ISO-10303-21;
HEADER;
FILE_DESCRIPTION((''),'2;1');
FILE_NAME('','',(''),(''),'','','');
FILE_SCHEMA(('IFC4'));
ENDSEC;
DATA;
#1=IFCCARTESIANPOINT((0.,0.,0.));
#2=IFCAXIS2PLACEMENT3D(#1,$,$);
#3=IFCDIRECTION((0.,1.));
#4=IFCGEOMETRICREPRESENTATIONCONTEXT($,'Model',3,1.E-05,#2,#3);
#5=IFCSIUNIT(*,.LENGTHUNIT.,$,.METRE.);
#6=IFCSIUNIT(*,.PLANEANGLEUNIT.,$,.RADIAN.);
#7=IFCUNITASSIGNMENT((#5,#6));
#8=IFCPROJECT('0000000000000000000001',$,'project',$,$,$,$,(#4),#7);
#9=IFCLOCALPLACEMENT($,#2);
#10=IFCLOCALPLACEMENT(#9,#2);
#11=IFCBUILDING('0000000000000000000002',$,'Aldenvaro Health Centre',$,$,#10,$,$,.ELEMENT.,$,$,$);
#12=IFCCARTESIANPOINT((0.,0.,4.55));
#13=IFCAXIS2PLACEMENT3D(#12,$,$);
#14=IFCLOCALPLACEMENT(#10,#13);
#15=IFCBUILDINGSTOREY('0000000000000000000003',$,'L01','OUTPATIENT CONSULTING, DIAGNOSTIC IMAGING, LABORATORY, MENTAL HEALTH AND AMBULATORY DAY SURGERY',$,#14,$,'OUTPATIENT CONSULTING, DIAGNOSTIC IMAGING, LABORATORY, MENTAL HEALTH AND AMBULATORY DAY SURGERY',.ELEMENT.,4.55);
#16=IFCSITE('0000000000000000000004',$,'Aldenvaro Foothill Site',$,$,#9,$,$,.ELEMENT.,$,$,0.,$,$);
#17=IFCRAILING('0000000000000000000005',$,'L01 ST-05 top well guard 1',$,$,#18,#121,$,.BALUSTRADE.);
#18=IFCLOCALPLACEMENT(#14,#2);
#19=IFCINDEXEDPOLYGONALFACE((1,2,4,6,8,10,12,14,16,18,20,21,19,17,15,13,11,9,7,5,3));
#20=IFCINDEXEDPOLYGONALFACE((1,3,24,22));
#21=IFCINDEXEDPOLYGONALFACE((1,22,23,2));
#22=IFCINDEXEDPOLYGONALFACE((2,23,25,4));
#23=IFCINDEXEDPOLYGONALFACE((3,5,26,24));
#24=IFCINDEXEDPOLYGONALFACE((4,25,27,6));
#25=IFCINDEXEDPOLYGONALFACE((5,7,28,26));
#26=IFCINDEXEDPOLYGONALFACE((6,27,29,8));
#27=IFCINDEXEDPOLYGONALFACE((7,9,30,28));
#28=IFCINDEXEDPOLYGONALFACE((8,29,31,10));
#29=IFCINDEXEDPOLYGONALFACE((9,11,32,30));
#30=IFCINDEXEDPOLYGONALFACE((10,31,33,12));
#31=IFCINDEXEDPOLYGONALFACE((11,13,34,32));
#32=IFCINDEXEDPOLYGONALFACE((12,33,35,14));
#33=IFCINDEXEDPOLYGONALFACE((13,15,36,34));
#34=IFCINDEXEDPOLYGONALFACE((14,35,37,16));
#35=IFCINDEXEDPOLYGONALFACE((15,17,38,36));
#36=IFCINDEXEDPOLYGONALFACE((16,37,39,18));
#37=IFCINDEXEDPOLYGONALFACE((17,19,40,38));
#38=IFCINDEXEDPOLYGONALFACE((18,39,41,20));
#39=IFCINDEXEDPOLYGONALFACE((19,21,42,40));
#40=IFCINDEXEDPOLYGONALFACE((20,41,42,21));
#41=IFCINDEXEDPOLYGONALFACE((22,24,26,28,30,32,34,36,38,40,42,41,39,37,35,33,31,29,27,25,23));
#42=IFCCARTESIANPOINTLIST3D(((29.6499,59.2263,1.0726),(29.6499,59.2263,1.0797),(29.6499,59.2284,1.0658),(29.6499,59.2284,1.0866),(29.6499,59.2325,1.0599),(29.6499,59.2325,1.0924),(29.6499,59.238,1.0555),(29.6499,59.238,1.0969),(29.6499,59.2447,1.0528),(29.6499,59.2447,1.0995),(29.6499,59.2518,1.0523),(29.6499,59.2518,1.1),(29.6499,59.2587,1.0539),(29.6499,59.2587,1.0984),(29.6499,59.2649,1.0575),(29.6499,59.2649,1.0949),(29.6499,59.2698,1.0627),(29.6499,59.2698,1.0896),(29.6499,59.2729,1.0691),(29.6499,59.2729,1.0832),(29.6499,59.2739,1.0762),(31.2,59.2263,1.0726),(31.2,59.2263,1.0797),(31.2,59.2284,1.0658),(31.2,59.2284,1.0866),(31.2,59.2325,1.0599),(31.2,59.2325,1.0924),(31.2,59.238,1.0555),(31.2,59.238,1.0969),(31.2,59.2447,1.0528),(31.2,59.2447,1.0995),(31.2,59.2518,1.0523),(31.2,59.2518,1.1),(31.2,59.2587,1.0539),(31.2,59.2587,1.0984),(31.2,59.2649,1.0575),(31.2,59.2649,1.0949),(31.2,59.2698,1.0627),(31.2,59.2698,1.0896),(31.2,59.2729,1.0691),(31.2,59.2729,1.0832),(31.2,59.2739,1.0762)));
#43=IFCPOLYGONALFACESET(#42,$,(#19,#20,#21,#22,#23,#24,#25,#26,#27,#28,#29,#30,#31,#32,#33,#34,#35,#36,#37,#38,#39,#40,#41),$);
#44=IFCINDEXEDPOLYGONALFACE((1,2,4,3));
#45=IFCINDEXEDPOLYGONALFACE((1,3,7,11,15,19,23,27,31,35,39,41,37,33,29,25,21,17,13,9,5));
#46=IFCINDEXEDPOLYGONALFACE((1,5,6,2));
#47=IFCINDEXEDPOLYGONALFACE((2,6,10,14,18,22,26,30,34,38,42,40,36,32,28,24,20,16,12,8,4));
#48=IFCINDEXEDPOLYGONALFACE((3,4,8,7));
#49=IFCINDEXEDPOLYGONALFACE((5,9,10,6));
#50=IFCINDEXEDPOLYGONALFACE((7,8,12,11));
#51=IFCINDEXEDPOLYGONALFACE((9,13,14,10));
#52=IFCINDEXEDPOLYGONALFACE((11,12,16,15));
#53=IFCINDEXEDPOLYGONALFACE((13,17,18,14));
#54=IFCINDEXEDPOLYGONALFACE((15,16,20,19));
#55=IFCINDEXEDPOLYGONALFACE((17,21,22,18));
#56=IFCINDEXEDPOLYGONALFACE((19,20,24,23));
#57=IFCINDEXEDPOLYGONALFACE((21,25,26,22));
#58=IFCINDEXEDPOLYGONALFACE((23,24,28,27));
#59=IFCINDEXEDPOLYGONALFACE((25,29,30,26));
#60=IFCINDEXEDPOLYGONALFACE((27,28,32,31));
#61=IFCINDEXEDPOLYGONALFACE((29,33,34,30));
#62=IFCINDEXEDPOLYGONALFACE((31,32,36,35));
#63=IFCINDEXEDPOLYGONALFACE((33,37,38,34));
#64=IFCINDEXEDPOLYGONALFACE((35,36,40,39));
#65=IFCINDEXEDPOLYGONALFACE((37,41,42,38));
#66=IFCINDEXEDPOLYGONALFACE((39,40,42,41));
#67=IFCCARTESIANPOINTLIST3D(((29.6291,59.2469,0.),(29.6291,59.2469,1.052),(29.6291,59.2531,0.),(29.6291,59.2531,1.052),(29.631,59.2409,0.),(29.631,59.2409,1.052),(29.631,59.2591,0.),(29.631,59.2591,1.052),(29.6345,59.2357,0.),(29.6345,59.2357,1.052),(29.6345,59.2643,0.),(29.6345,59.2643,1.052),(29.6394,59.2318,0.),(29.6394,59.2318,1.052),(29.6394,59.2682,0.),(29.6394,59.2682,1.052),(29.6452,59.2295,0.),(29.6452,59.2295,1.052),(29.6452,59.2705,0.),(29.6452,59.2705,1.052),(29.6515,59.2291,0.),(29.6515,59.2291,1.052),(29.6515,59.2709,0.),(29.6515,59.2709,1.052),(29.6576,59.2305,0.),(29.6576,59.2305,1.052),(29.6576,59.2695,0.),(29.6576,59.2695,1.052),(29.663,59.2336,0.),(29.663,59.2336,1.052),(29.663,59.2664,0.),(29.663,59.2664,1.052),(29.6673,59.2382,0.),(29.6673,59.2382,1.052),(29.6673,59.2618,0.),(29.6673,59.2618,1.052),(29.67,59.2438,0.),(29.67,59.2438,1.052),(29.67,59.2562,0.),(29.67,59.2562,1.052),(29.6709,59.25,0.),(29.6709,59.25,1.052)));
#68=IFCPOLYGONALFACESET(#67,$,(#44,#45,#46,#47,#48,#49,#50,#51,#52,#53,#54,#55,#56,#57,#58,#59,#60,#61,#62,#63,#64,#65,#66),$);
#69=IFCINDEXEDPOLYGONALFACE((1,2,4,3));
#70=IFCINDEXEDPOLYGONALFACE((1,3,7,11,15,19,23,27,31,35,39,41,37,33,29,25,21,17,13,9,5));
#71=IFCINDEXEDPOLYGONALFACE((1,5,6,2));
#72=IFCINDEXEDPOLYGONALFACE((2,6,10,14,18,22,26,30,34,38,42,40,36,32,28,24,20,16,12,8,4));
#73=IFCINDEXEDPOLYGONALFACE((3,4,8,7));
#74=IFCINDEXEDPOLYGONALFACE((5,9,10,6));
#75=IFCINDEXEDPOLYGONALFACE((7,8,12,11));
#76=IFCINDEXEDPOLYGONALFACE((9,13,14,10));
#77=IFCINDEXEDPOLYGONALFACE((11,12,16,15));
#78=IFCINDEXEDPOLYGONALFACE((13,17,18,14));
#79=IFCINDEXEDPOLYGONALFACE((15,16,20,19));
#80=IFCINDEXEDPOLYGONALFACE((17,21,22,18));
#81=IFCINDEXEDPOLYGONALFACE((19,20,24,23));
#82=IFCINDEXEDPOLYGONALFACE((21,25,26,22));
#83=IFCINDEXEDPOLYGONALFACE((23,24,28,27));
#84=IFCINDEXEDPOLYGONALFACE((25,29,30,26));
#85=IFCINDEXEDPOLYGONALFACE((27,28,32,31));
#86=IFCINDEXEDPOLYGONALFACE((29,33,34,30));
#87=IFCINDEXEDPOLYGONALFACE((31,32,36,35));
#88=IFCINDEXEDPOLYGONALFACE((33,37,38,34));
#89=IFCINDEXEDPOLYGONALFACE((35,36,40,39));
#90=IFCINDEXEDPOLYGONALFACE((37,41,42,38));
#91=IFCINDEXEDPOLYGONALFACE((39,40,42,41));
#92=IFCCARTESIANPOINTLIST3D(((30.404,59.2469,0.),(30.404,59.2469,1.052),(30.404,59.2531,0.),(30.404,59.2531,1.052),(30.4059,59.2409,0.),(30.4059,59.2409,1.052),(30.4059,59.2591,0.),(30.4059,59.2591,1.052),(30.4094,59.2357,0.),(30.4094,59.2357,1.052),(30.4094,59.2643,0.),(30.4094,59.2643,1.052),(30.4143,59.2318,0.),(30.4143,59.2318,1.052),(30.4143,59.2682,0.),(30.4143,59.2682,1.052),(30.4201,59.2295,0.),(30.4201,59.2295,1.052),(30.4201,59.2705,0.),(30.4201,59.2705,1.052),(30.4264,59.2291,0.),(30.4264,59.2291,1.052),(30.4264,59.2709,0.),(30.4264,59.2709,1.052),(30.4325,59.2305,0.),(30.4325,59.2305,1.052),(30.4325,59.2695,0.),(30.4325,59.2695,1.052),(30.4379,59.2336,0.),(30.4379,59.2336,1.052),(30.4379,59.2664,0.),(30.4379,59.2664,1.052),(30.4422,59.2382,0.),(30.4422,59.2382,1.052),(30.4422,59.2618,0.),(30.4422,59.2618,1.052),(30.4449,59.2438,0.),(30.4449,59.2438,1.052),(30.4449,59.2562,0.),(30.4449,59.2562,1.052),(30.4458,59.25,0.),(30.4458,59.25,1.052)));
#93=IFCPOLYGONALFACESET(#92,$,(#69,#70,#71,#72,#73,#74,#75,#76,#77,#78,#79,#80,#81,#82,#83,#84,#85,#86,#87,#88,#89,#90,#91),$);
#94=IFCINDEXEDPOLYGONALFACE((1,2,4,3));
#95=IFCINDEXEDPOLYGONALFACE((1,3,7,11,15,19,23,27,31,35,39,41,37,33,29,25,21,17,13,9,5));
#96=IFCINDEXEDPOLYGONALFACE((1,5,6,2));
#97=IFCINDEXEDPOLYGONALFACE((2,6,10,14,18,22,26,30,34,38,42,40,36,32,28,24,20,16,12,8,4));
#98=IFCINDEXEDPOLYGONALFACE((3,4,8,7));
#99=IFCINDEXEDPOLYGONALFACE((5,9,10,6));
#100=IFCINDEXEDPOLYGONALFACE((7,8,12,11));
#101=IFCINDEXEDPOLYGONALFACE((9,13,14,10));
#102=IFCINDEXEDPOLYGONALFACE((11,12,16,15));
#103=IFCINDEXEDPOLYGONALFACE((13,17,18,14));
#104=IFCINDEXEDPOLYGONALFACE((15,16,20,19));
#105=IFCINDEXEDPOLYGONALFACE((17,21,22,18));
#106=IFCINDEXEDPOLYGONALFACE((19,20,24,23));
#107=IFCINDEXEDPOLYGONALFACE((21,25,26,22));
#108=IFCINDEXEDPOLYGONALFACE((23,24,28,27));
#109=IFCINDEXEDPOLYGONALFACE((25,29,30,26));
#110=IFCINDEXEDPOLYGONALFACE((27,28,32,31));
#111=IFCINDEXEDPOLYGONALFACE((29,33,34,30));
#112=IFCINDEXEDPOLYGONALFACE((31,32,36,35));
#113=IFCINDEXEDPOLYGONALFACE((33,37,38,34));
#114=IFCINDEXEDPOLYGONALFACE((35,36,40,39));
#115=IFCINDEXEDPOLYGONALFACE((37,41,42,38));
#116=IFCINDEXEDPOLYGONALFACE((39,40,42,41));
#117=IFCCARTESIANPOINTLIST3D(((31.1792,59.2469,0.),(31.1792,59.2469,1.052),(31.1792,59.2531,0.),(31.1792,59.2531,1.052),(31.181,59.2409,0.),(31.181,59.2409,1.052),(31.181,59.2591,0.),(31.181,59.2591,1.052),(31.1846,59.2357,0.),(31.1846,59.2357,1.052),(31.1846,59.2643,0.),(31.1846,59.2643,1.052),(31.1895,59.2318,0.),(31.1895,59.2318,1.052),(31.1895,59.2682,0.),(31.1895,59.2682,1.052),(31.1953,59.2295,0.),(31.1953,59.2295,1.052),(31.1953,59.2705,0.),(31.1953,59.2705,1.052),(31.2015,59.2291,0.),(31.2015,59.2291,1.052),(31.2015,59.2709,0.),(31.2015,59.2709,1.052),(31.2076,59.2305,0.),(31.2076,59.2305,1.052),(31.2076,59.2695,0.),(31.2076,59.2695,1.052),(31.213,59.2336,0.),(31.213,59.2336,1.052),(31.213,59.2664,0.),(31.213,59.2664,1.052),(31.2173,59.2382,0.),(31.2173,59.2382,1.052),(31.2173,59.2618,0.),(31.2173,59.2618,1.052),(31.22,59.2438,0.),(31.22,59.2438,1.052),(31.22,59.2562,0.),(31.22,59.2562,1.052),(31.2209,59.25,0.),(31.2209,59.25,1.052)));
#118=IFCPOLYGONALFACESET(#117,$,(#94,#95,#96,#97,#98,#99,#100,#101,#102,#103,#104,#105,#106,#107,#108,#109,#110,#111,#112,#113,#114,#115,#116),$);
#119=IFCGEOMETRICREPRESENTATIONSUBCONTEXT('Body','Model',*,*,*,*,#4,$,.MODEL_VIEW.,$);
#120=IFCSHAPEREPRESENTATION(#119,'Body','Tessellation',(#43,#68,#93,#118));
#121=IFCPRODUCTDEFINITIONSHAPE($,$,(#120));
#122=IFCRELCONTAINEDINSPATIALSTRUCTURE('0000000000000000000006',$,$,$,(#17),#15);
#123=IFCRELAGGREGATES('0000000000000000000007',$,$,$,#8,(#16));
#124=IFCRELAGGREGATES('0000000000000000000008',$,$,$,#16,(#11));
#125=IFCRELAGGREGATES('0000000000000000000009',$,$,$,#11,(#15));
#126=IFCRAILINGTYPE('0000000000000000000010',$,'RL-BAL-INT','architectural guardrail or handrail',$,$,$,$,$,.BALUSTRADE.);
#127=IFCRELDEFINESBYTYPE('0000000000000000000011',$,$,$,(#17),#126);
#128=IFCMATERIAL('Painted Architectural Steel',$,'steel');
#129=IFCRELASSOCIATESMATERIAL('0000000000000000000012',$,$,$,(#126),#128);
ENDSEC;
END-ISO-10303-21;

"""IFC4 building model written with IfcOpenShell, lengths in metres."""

from ifc_helpers import new_model, si_unit, direction, frame, origin, origin_2d, place, context, subcontext, project, spatial, circle, extrude, material, type_object, element, save


model = new_model("IFC4")

# Units and contexts
model_context = context("Model", 3, precision=1e-05, world=origin(), true_north=direction((0.0, 1.0)))
body_context = subcontext(model_context, "Body", "Model", "MODEL_VIEW")
ifc_project = project(units=[si_unit("LENGTHUNIT", "METRE"), si_unit("PLANEANGLEUNIT", "RADIAN")], contexts=[model_context])

# Site, building, storey
site_placement = place(None, origin())
site = spatial("IfcSite", under=ifc_project, at=site_placement, Name="Aldenvaro Foothill Site", CompositionType="ELEMENT", RefElevation=0.0)
building_placement = place(site_placement, origin())
building = spatial("IfcBuilding", under=site, at=building_placement, Name="Aldenvaro Health Centre", CompositionType="ELEMENT")
storey_placement = place(building_placement, frame((0.0, 0.0, 4.55)))
storey = spatial("IfcBuildingStorey", under=building, at=storey_placement, Name="L01", Description="OUTPATIENT CONSULTING, DIAGNOSTIC IMAGING, LABORATORY, MENTAL HEALTH AND AMBULATORY DAY SURGERY", LongName="OUTPATIENT CONSULTING, DIAGNOSTIC IMAGING, LABORATORY, MENTAL HEALTH AND AMBULATORY DAY SURGERY", CompositionType="ELEMENT", Elevation=4.55)

# Railing
ifc_material_1 = material(Name="Painted Architectural Steel", Category="steel")
railing_type = type_object("IfcRailingType", Name="RL-BAL-INT", Description="architectural guardrail or handrail", PredefinedType="BALUSTRADE", material=ifc_material_1)
railing_placement = place(storey_placement, frame((29.6499, 59.25, 0.0)))
element("IfcRailing", 1, at=railing_placement, inside=storey, type_object=railing_type, Name="L01 ST-05 top well guard 1", PredefinedType="BALUSTRADE", context=body_context, shape_type="SweptSolid", body=[
    extrude(circle(Radius=0.0239, at=origin_2d()), frame((0.0, 0.0, 1.0762), z_axis=(1.0, 0.0, 0.0), x_axis=(0.0, 1.0, 0.0)), (0.0, 0.0, 1.0), 1.55),
    extrude(circle(Radius=0.021, at=origin_2d()), origin(), (0.0, 0.0, 1.0), 1.052),
    extrude(circle(Radius=0.021, at=origin_2d()), frame((0.7749, 0.0, 0.0)), (0.0, 0.0, 1.0), 1.052),
    extrude(circle(Radius=0.021, at=origin_2d()), frame((1.55, 0.0, 0.0)), (0.0, 0.0, 1.0), 1.052),
])

save(model, "model.ifc")
